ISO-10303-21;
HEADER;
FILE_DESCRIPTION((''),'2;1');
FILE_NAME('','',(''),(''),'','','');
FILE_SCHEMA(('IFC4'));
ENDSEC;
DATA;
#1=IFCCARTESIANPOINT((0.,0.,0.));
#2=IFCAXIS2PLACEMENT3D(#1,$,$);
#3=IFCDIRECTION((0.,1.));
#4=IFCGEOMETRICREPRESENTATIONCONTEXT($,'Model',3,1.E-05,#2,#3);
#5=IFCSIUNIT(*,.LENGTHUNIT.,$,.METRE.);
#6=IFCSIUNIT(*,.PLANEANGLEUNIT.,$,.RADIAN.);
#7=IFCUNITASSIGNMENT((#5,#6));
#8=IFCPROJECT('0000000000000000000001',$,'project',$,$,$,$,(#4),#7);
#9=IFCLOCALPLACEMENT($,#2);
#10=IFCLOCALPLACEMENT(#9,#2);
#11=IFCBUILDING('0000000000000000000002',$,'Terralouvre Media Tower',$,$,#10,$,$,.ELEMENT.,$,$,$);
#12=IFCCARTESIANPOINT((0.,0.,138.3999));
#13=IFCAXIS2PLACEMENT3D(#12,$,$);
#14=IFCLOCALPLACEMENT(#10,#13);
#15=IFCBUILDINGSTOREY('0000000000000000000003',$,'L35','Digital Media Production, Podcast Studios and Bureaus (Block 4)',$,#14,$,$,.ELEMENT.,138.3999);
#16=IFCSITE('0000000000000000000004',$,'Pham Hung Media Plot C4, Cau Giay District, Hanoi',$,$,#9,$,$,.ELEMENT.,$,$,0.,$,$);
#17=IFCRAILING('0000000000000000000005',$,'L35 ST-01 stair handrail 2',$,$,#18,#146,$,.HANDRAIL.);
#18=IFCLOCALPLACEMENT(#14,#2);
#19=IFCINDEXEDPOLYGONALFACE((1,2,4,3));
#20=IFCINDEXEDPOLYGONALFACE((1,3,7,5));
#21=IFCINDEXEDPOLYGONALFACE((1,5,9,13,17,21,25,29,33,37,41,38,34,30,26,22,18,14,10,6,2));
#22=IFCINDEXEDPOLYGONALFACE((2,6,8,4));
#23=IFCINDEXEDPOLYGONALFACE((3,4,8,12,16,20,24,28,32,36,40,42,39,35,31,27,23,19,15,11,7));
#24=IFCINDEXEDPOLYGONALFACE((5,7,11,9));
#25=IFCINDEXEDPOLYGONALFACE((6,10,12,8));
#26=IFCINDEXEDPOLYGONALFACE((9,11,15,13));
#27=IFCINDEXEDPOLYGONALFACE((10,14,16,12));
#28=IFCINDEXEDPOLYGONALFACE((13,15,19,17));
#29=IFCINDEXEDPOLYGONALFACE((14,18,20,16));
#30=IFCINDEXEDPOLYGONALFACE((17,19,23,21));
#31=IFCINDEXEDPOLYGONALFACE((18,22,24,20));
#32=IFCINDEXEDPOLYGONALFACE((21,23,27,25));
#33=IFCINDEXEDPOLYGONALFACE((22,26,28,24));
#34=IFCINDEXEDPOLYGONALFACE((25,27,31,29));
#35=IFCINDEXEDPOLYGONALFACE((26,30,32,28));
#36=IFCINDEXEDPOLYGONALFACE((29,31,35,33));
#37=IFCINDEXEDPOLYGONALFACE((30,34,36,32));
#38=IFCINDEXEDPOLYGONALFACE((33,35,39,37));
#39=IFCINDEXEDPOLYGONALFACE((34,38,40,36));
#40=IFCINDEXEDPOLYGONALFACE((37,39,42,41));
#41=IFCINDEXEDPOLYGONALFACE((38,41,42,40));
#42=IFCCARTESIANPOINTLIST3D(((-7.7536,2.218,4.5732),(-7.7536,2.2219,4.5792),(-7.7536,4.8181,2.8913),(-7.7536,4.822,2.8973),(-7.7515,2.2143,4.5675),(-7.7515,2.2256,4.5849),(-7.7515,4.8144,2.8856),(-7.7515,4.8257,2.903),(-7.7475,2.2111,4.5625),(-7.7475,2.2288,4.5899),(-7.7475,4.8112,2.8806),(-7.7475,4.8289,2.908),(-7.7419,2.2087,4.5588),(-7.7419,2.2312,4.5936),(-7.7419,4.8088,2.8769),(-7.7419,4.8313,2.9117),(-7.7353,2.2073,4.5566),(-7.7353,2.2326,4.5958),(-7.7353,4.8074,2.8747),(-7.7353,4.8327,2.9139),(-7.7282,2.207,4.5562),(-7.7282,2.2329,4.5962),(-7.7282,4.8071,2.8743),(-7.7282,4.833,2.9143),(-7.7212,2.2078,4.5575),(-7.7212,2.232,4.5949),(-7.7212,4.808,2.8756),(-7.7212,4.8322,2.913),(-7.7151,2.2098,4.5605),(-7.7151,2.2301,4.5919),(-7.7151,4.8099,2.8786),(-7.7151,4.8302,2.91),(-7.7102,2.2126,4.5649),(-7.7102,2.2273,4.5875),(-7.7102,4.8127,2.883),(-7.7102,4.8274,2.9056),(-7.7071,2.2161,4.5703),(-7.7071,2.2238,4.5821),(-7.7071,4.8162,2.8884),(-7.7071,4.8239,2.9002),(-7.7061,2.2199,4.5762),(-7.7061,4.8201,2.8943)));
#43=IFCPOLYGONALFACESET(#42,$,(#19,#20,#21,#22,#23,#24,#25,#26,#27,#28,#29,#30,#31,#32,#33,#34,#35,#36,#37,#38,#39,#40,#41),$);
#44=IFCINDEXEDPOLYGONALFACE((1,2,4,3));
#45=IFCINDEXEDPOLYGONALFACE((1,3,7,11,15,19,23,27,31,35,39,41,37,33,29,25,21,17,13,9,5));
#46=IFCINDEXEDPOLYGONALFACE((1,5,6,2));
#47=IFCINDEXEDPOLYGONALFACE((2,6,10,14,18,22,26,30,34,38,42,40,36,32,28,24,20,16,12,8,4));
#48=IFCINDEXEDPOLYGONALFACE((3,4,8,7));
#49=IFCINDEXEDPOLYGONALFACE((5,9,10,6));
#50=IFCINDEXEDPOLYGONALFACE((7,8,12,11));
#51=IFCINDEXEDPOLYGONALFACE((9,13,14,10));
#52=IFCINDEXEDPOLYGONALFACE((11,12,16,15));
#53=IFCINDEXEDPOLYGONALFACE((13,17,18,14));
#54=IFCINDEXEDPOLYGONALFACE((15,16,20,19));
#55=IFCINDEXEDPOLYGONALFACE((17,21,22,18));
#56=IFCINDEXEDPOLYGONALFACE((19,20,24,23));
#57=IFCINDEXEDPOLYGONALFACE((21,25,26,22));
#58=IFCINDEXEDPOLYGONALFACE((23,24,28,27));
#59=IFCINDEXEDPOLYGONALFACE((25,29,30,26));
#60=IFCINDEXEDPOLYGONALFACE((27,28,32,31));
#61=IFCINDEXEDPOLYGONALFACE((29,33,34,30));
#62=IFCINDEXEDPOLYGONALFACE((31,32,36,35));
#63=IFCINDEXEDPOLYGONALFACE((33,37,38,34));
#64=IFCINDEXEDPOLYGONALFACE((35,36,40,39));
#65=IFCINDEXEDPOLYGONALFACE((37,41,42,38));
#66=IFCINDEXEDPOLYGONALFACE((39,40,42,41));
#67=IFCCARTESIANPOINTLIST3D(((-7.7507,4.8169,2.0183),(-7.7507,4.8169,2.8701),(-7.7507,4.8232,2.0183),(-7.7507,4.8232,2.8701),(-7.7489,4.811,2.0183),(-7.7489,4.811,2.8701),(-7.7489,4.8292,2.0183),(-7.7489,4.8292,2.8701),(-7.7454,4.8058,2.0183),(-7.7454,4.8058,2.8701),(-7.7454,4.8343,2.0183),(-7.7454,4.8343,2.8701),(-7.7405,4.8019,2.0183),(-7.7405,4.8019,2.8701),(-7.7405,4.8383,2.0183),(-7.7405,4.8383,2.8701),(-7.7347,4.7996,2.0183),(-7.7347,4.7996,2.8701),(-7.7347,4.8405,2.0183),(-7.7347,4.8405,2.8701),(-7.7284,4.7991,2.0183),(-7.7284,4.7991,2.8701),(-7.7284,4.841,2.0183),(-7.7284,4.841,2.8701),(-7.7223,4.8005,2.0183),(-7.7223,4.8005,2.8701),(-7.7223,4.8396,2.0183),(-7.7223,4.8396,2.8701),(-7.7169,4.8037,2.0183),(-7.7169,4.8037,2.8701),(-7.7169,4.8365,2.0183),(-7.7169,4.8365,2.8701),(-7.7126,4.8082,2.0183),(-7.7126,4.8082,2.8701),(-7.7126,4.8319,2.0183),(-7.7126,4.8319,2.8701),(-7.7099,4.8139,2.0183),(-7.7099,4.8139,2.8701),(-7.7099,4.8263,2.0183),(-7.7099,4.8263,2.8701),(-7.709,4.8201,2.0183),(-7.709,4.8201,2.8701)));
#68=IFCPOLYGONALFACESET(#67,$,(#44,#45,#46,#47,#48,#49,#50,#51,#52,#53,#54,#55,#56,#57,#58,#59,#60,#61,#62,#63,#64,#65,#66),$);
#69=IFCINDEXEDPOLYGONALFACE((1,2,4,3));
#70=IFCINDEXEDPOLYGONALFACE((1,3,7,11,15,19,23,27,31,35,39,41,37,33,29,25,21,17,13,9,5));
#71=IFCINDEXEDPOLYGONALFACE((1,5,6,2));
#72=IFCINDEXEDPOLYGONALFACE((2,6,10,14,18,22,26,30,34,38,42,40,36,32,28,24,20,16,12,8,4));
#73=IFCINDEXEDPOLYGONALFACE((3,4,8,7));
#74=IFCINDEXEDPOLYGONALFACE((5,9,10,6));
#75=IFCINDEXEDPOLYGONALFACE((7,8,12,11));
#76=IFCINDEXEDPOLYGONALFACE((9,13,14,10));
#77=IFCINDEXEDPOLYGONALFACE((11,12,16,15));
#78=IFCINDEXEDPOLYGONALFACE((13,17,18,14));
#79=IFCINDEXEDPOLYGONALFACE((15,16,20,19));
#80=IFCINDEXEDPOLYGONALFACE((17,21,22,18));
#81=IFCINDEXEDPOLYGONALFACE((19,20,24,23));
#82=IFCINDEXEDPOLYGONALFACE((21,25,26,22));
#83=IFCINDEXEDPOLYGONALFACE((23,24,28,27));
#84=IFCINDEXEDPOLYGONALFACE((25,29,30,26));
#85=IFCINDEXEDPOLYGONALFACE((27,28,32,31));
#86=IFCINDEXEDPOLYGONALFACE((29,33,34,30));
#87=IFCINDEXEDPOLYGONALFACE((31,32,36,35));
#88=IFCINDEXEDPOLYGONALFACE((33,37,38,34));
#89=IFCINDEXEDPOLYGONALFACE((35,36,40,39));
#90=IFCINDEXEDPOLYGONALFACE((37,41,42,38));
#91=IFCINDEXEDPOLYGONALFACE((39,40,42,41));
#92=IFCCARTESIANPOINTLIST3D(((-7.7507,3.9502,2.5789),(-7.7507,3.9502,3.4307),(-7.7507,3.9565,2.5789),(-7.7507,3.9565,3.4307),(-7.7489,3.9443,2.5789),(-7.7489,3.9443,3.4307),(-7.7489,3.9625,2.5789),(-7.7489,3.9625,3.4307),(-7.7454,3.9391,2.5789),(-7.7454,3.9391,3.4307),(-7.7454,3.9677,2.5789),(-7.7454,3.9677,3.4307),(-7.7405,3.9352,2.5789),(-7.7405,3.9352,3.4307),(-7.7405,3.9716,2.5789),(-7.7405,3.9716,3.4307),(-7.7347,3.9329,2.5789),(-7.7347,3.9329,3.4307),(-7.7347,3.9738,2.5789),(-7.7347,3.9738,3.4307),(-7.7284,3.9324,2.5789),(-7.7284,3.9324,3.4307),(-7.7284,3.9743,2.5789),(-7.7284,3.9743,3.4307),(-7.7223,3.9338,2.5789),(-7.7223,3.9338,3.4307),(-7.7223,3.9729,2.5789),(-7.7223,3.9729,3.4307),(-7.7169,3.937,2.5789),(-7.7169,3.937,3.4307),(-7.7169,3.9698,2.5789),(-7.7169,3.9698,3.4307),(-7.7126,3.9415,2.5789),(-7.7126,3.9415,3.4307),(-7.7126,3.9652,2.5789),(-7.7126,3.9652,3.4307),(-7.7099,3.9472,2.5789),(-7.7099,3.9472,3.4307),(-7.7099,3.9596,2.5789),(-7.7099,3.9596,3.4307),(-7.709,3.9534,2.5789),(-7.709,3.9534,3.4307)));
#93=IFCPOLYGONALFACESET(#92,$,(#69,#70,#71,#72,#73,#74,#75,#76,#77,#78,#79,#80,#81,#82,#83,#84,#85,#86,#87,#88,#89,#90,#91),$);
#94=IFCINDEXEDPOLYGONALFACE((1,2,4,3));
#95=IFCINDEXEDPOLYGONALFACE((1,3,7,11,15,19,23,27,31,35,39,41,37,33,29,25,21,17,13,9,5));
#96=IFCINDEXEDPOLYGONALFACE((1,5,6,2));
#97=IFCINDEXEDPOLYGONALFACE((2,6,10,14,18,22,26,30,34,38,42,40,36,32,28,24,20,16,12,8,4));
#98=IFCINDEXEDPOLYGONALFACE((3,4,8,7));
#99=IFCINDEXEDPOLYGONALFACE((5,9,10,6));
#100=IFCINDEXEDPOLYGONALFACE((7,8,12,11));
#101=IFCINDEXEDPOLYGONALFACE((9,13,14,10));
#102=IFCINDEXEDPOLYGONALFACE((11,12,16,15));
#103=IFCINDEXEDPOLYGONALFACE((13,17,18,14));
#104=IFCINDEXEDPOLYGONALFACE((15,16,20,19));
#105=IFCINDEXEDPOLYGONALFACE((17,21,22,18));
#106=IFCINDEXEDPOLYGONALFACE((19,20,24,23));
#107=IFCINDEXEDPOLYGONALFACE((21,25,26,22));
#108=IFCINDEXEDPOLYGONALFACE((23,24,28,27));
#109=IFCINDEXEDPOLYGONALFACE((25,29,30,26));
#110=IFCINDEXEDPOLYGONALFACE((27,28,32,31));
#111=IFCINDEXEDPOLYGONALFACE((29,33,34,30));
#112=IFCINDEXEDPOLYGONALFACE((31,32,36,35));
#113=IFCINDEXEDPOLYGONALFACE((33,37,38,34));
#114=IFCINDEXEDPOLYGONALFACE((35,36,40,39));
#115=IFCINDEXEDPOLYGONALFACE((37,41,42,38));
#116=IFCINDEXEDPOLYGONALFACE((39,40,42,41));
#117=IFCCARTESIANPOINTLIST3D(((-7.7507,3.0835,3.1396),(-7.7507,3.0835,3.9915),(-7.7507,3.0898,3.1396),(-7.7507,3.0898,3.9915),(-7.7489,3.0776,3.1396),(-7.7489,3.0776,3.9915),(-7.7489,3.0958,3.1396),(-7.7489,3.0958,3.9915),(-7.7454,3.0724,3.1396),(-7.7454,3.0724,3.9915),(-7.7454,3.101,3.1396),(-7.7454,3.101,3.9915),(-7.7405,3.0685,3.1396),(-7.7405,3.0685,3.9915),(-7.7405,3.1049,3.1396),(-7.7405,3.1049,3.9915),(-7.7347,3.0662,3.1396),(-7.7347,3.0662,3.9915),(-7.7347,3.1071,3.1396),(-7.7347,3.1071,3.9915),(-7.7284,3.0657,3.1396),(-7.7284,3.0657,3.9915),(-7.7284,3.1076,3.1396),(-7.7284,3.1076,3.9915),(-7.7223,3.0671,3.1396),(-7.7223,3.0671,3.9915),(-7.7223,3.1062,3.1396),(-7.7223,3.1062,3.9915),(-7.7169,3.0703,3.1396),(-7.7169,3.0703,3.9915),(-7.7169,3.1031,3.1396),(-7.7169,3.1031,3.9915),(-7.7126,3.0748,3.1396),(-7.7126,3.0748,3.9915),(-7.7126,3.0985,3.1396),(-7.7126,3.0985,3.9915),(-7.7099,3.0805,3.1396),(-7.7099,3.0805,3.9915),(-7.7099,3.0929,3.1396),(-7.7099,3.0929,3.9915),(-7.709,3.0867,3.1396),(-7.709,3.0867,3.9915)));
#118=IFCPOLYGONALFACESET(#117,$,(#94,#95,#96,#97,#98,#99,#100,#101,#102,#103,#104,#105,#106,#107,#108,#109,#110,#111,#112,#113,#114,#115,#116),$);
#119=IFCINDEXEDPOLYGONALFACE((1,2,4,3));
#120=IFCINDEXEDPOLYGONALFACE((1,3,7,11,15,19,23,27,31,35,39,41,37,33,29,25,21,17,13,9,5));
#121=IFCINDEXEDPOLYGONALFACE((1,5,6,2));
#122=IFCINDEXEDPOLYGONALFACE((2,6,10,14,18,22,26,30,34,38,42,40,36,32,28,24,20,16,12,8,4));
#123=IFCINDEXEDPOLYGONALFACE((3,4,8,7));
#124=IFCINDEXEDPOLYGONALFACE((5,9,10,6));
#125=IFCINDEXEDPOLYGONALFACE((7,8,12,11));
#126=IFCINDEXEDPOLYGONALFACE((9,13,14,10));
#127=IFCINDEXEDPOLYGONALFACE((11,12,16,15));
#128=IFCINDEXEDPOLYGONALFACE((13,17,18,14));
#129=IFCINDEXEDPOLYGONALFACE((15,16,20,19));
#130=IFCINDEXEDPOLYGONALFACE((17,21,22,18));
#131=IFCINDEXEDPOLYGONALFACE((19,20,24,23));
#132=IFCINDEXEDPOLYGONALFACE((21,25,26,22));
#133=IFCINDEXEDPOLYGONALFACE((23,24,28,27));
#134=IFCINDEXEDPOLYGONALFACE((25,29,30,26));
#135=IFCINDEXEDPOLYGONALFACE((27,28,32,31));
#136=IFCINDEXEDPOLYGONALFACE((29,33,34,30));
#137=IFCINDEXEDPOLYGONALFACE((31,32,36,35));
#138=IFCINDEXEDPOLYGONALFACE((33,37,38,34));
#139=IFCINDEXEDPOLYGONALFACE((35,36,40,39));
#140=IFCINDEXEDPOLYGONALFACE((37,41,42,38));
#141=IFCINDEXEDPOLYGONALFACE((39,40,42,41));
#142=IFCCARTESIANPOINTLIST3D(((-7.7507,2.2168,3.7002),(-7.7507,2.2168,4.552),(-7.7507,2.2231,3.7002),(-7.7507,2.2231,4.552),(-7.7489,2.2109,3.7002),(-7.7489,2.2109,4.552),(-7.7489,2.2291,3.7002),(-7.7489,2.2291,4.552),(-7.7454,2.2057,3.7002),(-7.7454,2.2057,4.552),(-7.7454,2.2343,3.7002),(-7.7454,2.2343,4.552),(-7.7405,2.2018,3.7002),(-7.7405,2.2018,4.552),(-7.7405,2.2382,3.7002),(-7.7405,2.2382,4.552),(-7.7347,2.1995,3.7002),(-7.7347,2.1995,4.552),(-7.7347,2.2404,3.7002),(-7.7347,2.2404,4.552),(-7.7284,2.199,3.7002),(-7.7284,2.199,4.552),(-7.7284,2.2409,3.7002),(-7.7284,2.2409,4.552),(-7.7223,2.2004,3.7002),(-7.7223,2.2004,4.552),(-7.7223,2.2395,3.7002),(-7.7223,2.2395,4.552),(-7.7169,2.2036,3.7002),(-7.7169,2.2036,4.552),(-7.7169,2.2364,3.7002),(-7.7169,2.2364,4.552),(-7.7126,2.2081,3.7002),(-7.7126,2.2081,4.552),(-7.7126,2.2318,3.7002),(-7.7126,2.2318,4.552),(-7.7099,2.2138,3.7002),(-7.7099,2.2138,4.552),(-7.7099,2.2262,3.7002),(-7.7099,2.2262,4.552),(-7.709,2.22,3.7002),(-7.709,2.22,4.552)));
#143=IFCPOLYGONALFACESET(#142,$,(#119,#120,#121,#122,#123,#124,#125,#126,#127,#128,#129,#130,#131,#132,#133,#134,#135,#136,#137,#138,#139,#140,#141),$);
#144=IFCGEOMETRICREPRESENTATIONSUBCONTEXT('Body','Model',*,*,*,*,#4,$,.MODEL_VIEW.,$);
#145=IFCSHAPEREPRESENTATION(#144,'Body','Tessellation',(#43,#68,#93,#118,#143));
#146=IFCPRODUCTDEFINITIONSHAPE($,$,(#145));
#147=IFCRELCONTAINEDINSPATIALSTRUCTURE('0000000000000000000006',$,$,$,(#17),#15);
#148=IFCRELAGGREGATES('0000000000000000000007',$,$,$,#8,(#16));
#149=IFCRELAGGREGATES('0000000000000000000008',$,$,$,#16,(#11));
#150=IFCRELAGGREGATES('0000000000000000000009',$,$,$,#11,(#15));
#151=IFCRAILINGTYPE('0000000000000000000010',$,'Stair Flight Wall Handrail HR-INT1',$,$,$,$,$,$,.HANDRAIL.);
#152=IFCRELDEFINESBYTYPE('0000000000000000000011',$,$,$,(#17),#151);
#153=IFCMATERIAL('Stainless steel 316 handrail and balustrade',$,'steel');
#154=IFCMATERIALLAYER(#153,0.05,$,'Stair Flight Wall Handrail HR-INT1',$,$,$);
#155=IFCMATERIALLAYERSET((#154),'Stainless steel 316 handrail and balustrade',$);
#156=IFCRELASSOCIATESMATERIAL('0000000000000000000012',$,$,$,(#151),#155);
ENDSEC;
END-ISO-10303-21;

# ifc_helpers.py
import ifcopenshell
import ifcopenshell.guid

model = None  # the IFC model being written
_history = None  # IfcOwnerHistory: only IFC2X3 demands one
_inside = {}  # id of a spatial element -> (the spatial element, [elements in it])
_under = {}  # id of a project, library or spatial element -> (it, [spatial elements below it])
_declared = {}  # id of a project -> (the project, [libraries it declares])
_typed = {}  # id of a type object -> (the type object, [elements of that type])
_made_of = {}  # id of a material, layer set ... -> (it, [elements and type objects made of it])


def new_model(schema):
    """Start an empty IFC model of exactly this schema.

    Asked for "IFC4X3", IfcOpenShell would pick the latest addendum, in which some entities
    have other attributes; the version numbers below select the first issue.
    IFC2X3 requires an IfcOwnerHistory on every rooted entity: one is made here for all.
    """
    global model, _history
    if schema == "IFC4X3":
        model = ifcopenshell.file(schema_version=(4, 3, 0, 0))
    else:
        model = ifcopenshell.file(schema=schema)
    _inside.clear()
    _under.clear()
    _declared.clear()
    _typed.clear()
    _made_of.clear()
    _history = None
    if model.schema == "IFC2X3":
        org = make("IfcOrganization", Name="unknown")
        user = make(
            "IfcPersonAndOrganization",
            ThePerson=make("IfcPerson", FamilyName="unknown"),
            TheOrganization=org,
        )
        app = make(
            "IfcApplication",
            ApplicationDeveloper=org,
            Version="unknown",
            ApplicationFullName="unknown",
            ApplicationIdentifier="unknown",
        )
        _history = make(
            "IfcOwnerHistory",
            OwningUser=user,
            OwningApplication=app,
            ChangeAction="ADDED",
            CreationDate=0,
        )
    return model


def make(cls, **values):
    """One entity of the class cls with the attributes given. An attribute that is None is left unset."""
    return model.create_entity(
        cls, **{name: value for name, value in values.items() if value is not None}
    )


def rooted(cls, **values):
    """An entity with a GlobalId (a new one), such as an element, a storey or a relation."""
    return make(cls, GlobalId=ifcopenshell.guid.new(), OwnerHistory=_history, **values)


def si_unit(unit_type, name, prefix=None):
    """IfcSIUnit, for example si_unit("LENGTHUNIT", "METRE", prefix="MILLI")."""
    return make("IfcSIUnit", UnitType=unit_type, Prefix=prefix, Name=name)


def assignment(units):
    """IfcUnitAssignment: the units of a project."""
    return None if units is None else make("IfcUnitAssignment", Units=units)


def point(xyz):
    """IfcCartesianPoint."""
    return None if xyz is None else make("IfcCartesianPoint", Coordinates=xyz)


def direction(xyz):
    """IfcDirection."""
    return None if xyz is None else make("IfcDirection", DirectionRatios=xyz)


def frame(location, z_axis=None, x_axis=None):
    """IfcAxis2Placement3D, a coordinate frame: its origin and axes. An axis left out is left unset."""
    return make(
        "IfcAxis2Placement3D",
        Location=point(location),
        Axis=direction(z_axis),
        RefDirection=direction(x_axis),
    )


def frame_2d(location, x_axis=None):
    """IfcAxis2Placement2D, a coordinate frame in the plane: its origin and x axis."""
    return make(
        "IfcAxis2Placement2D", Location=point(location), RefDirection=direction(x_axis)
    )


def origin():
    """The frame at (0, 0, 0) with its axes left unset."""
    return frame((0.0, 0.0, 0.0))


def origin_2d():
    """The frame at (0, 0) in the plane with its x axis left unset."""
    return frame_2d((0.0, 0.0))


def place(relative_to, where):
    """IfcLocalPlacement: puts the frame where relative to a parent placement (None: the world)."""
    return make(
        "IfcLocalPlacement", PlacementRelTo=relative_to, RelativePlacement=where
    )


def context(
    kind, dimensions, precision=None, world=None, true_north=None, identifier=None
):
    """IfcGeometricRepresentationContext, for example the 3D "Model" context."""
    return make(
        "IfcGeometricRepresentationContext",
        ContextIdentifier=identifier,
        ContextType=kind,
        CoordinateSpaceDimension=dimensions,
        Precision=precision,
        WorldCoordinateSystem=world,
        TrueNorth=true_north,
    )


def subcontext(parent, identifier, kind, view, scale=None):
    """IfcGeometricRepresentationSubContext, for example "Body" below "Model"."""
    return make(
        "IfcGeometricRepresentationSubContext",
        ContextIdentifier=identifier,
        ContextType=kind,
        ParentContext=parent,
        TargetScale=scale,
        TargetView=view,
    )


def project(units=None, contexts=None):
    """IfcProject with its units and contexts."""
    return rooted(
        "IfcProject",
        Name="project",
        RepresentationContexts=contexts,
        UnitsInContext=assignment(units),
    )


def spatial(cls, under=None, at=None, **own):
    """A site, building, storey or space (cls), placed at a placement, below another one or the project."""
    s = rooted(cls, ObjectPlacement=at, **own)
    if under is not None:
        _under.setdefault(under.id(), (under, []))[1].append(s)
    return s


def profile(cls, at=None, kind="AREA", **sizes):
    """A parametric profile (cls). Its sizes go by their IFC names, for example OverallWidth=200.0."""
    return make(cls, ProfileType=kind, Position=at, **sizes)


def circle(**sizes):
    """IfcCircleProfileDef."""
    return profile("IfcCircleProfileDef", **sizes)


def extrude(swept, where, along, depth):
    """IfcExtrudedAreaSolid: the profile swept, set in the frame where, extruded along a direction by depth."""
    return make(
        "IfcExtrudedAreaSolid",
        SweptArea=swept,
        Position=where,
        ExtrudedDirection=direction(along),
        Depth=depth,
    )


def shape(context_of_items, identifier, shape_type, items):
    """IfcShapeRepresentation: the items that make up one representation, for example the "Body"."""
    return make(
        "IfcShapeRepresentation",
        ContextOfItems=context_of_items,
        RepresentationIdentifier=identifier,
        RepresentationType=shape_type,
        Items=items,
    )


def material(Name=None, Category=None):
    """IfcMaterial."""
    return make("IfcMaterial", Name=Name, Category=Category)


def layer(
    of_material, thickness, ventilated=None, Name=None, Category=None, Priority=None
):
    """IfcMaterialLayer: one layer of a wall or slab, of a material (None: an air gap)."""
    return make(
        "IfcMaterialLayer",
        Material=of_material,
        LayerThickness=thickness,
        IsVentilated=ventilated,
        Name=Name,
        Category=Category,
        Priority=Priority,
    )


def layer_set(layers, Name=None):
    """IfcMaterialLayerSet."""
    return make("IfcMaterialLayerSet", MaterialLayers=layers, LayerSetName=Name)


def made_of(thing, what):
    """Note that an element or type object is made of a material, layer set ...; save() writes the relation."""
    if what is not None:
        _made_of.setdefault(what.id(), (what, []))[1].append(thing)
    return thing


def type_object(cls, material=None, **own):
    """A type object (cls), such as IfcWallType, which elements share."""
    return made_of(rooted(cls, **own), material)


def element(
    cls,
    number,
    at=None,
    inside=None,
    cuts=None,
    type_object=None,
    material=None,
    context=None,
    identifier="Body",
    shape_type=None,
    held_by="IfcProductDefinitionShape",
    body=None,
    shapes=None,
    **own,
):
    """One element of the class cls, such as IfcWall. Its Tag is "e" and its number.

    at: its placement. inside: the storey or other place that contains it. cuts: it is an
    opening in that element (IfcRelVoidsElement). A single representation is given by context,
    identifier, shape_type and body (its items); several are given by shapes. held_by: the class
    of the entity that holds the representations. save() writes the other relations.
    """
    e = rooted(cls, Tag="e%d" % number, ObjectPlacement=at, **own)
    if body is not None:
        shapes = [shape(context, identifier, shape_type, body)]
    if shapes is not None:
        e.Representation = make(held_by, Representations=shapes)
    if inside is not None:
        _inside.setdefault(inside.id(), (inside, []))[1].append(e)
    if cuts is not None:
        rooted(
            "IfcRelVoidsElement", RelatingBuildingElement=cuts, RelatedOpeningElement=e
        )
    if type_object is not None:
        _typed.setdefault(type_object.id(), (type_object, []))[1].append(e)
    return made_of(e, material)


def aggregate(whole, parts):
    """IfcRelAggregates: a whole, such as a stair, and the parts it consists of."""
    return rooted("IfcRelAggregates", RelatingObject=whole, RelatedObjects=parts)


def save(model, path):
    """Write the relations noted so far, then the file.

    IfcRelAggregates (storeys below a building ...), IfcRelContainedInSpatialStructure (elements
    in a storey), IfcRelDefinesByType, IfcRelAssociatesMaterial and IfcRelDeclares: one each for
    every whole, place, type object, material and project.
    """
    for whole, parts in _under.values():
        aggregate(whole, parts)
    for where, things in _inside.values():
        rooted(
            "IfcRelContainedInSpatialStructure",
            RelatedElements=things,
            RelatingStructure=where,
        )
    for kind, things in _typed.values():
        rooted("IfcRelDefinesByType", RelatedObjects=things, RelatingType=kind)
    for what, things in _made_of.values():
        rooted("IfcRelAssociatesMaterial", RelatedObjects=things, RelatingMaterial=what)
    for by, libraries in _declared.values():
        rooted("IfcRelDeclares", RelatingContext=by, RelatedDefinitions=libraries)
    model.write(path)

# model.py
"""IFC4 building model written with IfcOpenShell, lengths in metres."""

from ifc_helpers import new_model, si_unit, direction, frame, origin, origin_2d, place, context, subcontext, project, spatial, circle, extrude, material, layer, layer_set, type_object, element, save


model = new_model("IFC4")

# Units and contexts
model_context = context("Model", 3, precision=1e-05, world=origin(), true_north=direction((0.0, 1.0)))
body_context = subcontext(model_context, "Body", "Model", "MODEL_VIEW")
ifc_project = project(units=[si_unit("LENGTHUNIT", "METRE"), si_unit("PLANEANGLEUNIT", "RADIAN")], contexts=[model_context])

# Site, building, storey
site_placement = place(None, origin())
site = spatial("IfcSite", under=ifc_project, at=site_placement, Name="Pham Hung Media Plot C4, Cau Giay District, Hanoi", CompositionType="ELEMENT", RefElevation=0.0)
building_placement = place(site_placement, origin())
building = spatial("IfcBuilding", under=site, at=building_placement, Name="Terralouvre Media Tower", CompositionType="ELEMENT")
storey_placement = place(building_placement, frame((0.0, 0.0, 138.3999)))
storey = spatial("IfcBuildingStorey", under=building, at=storey_placement, Name="L35", Description="Digital Media Production, Podcast Studios and Bureaus (Block 4)", CompositionType="ELEMENT", Elevation=138.3999)

# Railing
ifc_material_1 = material(Name="Stainless steel 316 handrail and balustrade", Category="steel")
ifc_layer_1 = layer(ifc_material_1, 0.05, Name="Stair Flight Wall Handrail HR-INT1")
ifc_layer_set_1 = layer_set([ifc_layer_1], Name="Stainless steel 316 handrail and balustrade")
railing_type_1 = type_object("IfcRailingType", Name="Stair Flight Wall Handrail HR-INT1", PredefinedType="HANDRAIL", material=ifc_layer_set_1)
railing_1_placement = place(storey_placement, frame((-7.73, 4.8201, 2.0183)))
element("IfcRailing", 1, at=railing_1_placement, inside=storey, type_object=railing_type_1, Name="L35 ST-01 stair handrail 2", PredefinedType="HANDRAIL", context=body_context, shape_type="SweptSolid", body=[
    extrude(circle(Radius=0.0239, at=origin_2d()), frame((0.0, 0.0, 0.876), z_axis=(0.0, -0.839648, 0.54313), x_axis=(1.0, 0.0, 0.0)), (0.0, 0.0, 1.0), 3.0967),
    extrude(circle(Radius=0.021, at=origin_2d()), origin(), (0.0, 0.0, 1.0), 0.8518),
    extrude(circle(Radius=0.021, at=origin_2d()), frame((0.0, -0.8667, 0.5605)), (0.0, 0.0, 1.0), 0.8518),
    extrude(circle(Radius=0.021, at=origin_2d()), frame((0.0, -1.7334, 1.1213)), (0.0, 0.0, 1.0), 0.8518),
    extrude(circle(Radius=0.021, at=origin_2d()), frame((0.0, -2.6001, 1.6819)), (0.0, 0.0, 1.0), 0.8518),
])

save(model, "model.ifc")
